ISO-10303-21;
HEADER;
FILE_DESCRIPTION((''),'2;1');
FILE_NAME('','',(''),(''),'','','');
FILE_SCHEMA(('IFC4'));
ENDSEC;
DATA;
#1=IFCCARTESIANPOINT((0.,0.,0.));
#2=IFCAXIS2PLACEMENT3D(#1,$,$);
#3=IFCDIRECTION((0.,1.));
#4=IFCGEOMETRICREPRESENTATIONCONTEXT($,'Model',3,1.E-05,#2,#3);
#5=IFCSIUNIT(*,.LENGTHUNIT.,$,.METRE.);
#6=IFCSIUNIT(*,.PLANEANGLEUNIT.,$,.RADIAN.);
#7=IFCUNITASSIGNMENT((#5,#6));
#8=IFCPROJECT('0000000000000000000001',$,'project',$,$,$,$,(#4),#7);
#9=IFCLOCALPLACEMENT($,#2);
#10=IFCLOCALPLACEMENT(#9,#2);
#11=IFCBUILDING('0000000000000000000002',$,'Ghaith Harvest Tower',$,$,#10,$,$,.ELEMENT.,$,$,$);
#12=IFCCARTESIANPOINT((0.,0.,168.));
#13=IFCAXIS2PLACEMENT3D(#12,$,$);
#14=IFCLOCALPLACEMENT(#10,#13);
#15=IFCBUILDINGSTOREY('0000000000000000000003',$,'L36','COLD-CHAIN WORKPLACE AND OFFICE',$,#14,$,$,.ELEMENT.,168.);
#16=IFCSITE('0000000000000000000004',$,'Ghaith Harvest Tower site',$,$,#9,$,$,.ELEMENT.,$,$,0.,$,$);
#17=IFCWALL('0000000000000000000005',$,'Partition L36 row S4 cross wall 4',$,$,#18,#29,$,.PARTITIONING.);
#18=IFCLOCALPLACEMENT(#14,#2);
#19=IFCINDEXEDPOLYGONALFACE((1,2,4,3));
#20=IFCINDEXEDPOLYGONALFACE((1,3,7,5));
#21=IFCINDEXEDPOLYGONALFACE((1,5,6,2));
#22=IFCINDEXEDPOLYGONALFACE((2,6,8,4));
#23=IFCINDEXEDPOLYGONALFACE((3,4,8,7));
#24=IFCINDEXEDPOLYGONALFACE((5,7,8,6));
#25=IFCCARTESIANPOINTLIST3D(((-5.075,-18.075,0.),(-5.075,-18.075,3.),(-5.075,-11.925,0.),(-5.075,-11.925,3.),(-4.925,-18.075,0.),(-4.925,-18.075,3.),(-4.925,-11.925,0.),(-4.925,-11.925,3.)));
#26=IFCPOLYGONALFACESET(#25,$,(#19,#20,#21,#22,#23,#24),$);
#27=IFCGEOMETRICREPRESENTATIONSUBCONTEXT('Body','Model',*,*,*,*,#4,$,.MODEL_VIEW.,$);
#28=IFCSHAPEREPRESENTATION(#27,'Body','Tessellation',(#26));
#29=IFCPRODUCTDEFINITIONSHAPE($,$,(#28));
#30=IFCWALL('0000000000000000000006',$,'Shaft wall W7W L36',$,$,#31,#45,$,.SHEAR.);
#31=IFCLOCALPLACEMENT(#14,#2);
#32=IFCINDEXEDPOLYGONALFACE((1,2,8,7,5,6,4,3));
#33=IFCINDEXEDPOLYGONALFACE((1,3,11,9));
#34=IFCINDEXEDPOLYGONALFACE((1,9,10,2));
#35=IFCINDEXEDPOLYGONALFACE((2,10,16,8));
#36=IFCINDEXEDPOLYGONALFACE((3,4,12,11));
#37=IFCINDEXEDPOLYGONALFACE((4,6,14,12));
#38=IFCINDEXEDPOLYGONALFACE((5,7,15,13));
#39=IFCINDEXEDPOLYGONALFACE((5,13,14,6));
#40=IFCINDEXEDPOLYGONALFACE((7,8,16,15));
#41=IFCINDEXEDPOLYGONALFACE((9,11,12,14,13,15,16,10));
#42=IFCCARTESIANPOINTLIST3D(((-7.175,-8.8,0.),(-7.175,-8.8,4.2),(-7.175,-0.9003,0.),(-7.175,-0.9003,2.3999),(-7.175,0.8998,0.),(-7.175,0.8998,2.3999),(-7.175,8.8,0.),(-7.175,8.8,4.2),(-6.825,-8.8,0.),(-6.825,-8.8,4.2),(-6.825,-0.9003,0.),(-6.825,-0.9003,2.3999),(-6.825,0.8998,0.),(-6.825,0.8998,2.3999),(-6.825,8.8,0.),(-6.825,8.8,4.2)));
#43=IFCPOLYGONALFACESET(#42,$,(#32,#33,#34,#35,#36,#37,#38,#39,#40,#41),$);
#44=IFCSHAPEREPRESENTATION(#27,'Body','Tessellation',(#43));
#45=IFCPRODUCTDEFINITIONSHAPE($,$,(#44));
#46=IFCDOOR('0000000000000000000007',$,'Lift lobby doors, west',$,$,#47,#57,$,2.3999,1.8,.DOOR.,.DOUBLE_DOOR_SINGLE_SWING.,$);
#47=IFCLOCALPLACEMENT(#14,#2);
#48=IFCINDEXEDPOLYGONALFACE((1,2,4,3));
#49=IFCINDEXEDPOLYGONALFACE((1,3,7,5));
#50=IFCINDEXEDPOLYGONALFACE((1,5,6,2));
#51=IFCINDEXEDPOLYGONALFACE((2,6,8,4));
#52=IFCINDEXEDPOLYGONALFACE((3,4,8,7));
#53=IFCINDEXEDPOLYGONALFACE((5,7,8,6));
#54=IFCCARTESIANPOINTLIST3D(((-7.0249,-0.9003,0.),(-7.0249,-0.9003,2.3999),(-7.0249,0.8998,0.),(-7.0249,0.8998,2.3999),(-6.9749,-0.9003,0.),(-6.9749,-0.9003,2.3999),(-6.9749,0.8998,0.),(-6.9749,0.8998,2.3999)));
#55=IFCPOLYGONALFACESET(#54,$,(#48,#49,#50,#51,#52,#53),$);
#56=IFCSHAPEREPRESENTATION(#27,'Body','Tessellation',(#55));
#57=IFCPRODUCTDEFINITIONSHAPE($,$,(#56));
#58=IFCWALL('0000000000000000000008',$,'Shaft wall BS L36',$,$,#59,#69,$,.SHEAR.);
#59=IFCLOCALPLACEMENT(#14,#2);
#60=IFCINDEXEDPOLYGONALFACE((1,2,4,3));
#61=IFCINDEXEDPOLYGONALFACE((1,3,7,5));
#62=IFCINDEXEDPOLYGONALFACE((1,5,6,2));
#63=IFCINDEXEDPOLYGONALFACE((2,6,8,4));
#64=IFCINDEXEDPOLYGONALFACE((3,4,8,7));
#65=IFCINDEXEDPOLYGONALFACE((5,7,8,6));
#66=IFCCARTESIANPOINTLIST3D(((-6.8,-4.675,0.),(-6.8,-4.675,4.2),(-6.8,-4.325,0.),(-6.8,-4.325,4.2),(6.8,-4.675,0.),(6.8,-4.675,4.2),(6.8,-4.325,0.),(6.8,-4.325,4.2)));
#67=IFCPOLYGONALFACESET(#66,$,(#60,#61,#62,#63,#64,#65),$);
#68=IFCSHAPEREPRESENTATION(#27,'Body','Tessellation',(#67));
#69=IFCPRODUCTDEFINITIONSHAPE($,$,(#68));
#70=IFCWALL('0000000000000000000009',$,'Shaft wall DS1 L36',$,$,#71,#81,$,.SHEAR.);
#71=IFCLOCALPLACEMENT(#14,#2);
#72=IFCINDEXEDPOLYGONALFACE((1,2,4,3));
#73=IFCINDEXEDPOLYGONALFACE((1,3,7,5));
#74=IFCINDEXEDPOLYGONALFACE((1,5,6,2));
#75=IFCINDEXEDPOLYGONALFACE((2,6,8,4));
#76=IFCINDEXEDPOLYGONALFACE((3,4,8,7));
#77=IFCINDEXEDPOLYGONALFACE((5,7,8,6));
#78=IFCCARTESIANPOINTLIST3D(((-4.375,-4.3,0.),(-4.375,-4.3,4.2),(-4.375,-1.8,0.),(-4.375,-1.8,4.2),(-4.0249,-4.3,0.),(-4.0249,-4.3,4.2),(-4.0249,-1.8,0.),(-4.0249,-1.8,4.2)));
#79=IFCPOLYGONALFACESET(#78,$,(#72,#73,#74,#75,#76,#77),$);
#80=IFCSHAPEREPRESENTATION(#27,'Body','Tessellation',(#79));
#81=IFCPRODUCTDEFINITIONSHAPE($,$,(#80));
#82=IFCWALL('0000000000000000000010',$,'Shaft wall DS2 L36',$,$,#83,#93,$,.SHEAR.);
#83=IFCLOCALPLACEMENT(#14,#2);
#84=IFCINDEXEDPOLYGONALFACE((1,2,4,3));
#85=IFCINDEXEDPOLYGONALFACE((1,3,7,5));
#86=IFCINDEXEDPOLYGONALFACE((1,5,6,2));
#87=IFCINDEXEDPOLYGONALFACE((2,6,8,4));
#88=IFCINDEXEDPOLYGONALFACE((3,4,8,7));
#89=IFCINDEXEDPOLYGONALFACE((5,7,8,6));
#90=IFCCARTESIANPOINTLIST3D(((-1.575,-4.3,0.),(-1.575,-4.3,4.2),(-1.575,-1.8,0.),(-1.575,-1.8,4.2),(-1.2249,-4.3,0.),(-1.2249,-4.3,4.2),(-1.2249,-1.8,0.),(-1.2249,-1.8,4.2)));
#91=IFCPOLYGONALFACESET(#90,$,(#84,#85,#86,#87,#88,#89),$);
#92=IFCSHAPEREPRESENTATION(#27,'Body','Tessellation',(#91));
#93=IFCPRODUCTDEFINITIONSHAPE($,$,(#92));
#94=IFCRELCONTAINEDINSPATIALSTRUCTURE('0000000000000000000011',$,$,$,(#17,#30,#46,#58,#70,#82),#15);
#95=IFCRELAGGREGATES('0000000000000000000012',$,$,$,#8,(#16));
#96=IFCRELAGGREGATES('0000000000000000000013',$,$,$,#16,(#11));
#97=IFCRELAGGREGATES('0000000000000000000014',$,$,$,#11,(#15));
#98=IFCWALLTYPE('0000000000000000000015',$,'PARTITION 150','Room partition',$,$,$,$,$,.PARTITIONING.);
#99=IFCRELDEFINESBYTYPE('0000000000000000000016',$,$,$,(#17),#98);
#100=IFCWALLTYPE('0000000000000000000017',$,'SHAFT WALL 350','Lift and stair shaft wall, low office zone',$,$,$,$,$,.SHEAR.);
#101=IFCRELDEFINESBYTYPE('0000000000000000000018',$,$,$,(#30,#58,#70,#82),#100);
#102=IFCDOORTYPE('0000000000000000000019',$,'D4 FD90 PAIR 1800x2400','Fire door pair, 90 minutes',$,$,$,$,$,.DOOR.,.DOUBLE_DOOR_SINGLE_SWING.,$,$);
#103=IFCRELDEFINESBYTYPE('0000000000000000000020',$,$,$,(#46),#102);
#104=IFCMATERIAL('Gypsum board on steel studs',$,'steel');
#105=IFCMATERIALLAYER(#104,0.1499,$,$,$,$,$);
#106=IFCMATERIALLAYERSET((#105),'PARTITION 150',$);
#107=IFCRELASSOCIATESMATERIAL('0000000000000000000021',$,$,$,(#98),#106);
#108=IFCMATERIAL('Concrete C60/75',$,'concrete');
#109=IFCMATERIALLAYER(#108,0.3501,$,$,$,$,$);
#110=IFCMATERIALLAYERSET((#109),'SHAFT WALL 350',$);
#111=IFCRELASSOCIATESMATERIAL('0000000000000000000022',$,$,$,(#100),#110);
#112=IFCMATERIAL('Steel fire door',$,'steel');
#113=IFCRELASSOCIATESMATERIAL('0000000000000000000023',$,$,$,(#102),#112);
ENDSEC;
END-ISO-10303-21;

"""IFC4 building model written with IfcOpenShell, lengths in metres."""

from ifc_helpers import new_model, si_unit, direction, frame, frame_2d, origin, place, context, subcontext, project, spatial, rectangle, extrude, material, layer, layer_set, type_object, element, fill, save


model = new_model("IFC4")

# Units and contexts
model_context = context("Model", 3, precision=1e-05, world=origin(), true_north=direction((0.0, 1.0)))
body_context = subcontext(model_context, "Body", "Model", "MODEL_VIEW")
ifc_project = project(units=[si_unit("LENGTHUNIT", "METRE"), si_unit("PLANEANGLEUNIT", "RADIAN")], contexts=[model_context])

# Site, building, storey
site_placement = place(None, origin())
site = spatial("IfcSite", under=ifc_project, at=site_placement, Name="Ghaith Harvest Tower site", CompositionType="ELEMENT", RefElevation=0.0)
building_placement = place(site_placement, origin())
building = spatial("IfcBuilding", under=site, at=building_placement, Name="Ghaith Harvest Tower", CompositionType="ELEMENT")
storey_placement = place(building_placement, frame((0.0, 0.0, 168.0)))
storey = spatial("IfcBuildingStorey", under=building, at=storey_placement, Name="L36", Description="COLD-CHAIN WORKPLACE AND OFFICE", CompositionType="ELEMENT", Elevation=168.0)

# Wall
ifc_material_1 = material(Name="Gypsum board on steel studs", Category="steel")
ifc_layer_1 = layer(ifc_material_1, 0.1499)
ifc_layer_set_1 = layer_set([ifc_layer_1], Name="PARTITION 150")
wall_type_1 = type_object("IfcWallType", Name="PARTITION 150", Description="Room partition", PredefinedType="PARTITIONING", material=ifc_layer_set_1)
wall_1_placement = place(storey_placement, frame((-5.0, -11.925, 0.0), z_axis=(0.0, 0.0, 1.0), x_axis=(0.0, -1.0, 0.0)))
element("IfcWall", 1, at=wall_1_placement, inside=storey, type_object=wall_type_1, Name="Partition L36 row S4 cross wall 4", PredefinedType="PARTITIONING", context=body_context, shape_type="SweptSolid", body=[
    extrude(rectangle(XDim=6.1499, YDim=0.1499, at=frame_2d((3.075, 0.0))), origin(), (0.0, 0.0, 1.0), 3.0),
])

# Wall, opening, door
ifc_material_2 = material(Name="Concrete C60/75", Category="concrete")
ifc_layer_2 = layer(ifc_material_2, 0.3501)
ifc_layer_set_2 = layer_set([ifc_layer_2], Name="SHAFT WALL 350")
wall_type_2 = type_object("IfcWallType", Name="SHAFT WALL 350", Description="Lift and stair shaft wall, low office zone", PredefinedType="SHEAR", material=ifc_layer_set_2)
wall_2_placement = place(storey_placement, frame((-7.0, -8.8, 0.0), z_axis=(0.0, 0.0, 1.0), x_axis=(0.0, 1.0, 0.0)))
wall_2 = element("IfcWall", 2, at=wall_2_placement, inside=storey, type_object=wall_type_2, Name="Shaft wall W7W L36", PredefinedType="SHEAR", context=body_context, shape_type="SweptSolid", body=[
    extrude(rectangle(XDim=17.6001, YDim=0.3501, at=frame_2d((8.8, 0.0))), origin(), (0.0, 0.0, 1.0), 4.2),
])
opening_1_placement = place(wall_2_placement, frame((7.8999, 0.0, 0.0)))
opening_1 = element("IfcOpeningElement", 3, at=opening_1_placement, cuts=wall_2, PredefinedType="OPENING", context=body_context, shape_type="SweptSolid", body=[
    extrude(rectangle(XDim=1.8, YDim=2.3999, at=frame_2d((0.8999, 1.2))), frame((0.0, 0.1851, 0.0), z_axis=(0.0, -1.0, 0.0), x_axis=(1.0, 0.0, 0.0)), (0.0, 0.0, 1.0), 0.3701),
])
ifc_material_3 = material(Name="Steel fire door", Category="steel")
door_type_1 = type_object("IfcDoorType", Name="D4 FD90 PAIR 1800x2400", Description="Fire door pair, 90 minutes", OperationType="DOUBLE_DOOR_SINGLE_SWING", PredefinedType="DOOR", material=ifc_material_3)
door_1_placement = place(opening_1_placement, origin())
door_1 = element("IfcDoor", 4, at=door_1_placement, inside=storey, type_object=door_type_1, Name="Lift lobby doors, west", OperationType="DOUBLE_DOOR_SINGLE_SWING", OverallHeight=2.3999, OverallWidth=1.8, PredefinedType="DOOR", context=body_context, shape_type="SweptSolid", body=[
    extrude(rectangle(XDim=1.8, YDim=2.3999, at=frame_2d((0.8999, 1.2))), frame((0.0, 0.0249, 0.0), z_axis=(0.0, -1.0, 0.0), x_axis=(1.0, 0.0, 0.0)), (0.0, 0.0, 1.0), 0.05),
])
fill(opening_1, door_1)

# Walls
wall_3_placement = place(storey_placement, frame((-6.8, -4.5, 0.0), z_axis=(0.0, 0.0, 1.0), x_axis=(1.0, 0.0, 0.0)))
element("IfcWall", 5, at=wall_3_placement, inside=storey, type_object=wall_type_2, Name="Shaft wall BS L36", PredefinedType="SHEAR", context=body_context, shape_type="SweptSolid", body=[
    extrude(rectangle(XDim=13.6001, YDim=0.3501, at=frame_2d((6.8, 0.0))), origin(), (0.0, 0.0, 1.0), 4.2),
])
for number, where, z_axis, x_axis, name in (
    (6, (-4.2, -4.3, 0.0), (0.0, 0.0, 1.0), (0.0, 1.0, 0.0), "Shaft wall DS1 L36"),
    (7, (-1.3999, -4.3, 0.0), (0.0, 0.0, 1.0), (0.0, 1.0, 0.0), "Shaft wall DS2 L36"),
):
    element("IfcWall", number, at=place(storey_placement, frame(where, z_axis=z_axis, x_axis=x_axis)), inside=storey, type_object=wall_type_2, Name=name, PredefinedType="SHEAR", context=body_context, shape_type="SweptSolid", body=[
        extrude(rectangle(XDim=2.5, YDim=0.3501, at=frame_2d((1.25, 0.0))), origin(), (0.0, 0.0, 1.0), 4.2),
    ])

save(model, "model.ifc")
